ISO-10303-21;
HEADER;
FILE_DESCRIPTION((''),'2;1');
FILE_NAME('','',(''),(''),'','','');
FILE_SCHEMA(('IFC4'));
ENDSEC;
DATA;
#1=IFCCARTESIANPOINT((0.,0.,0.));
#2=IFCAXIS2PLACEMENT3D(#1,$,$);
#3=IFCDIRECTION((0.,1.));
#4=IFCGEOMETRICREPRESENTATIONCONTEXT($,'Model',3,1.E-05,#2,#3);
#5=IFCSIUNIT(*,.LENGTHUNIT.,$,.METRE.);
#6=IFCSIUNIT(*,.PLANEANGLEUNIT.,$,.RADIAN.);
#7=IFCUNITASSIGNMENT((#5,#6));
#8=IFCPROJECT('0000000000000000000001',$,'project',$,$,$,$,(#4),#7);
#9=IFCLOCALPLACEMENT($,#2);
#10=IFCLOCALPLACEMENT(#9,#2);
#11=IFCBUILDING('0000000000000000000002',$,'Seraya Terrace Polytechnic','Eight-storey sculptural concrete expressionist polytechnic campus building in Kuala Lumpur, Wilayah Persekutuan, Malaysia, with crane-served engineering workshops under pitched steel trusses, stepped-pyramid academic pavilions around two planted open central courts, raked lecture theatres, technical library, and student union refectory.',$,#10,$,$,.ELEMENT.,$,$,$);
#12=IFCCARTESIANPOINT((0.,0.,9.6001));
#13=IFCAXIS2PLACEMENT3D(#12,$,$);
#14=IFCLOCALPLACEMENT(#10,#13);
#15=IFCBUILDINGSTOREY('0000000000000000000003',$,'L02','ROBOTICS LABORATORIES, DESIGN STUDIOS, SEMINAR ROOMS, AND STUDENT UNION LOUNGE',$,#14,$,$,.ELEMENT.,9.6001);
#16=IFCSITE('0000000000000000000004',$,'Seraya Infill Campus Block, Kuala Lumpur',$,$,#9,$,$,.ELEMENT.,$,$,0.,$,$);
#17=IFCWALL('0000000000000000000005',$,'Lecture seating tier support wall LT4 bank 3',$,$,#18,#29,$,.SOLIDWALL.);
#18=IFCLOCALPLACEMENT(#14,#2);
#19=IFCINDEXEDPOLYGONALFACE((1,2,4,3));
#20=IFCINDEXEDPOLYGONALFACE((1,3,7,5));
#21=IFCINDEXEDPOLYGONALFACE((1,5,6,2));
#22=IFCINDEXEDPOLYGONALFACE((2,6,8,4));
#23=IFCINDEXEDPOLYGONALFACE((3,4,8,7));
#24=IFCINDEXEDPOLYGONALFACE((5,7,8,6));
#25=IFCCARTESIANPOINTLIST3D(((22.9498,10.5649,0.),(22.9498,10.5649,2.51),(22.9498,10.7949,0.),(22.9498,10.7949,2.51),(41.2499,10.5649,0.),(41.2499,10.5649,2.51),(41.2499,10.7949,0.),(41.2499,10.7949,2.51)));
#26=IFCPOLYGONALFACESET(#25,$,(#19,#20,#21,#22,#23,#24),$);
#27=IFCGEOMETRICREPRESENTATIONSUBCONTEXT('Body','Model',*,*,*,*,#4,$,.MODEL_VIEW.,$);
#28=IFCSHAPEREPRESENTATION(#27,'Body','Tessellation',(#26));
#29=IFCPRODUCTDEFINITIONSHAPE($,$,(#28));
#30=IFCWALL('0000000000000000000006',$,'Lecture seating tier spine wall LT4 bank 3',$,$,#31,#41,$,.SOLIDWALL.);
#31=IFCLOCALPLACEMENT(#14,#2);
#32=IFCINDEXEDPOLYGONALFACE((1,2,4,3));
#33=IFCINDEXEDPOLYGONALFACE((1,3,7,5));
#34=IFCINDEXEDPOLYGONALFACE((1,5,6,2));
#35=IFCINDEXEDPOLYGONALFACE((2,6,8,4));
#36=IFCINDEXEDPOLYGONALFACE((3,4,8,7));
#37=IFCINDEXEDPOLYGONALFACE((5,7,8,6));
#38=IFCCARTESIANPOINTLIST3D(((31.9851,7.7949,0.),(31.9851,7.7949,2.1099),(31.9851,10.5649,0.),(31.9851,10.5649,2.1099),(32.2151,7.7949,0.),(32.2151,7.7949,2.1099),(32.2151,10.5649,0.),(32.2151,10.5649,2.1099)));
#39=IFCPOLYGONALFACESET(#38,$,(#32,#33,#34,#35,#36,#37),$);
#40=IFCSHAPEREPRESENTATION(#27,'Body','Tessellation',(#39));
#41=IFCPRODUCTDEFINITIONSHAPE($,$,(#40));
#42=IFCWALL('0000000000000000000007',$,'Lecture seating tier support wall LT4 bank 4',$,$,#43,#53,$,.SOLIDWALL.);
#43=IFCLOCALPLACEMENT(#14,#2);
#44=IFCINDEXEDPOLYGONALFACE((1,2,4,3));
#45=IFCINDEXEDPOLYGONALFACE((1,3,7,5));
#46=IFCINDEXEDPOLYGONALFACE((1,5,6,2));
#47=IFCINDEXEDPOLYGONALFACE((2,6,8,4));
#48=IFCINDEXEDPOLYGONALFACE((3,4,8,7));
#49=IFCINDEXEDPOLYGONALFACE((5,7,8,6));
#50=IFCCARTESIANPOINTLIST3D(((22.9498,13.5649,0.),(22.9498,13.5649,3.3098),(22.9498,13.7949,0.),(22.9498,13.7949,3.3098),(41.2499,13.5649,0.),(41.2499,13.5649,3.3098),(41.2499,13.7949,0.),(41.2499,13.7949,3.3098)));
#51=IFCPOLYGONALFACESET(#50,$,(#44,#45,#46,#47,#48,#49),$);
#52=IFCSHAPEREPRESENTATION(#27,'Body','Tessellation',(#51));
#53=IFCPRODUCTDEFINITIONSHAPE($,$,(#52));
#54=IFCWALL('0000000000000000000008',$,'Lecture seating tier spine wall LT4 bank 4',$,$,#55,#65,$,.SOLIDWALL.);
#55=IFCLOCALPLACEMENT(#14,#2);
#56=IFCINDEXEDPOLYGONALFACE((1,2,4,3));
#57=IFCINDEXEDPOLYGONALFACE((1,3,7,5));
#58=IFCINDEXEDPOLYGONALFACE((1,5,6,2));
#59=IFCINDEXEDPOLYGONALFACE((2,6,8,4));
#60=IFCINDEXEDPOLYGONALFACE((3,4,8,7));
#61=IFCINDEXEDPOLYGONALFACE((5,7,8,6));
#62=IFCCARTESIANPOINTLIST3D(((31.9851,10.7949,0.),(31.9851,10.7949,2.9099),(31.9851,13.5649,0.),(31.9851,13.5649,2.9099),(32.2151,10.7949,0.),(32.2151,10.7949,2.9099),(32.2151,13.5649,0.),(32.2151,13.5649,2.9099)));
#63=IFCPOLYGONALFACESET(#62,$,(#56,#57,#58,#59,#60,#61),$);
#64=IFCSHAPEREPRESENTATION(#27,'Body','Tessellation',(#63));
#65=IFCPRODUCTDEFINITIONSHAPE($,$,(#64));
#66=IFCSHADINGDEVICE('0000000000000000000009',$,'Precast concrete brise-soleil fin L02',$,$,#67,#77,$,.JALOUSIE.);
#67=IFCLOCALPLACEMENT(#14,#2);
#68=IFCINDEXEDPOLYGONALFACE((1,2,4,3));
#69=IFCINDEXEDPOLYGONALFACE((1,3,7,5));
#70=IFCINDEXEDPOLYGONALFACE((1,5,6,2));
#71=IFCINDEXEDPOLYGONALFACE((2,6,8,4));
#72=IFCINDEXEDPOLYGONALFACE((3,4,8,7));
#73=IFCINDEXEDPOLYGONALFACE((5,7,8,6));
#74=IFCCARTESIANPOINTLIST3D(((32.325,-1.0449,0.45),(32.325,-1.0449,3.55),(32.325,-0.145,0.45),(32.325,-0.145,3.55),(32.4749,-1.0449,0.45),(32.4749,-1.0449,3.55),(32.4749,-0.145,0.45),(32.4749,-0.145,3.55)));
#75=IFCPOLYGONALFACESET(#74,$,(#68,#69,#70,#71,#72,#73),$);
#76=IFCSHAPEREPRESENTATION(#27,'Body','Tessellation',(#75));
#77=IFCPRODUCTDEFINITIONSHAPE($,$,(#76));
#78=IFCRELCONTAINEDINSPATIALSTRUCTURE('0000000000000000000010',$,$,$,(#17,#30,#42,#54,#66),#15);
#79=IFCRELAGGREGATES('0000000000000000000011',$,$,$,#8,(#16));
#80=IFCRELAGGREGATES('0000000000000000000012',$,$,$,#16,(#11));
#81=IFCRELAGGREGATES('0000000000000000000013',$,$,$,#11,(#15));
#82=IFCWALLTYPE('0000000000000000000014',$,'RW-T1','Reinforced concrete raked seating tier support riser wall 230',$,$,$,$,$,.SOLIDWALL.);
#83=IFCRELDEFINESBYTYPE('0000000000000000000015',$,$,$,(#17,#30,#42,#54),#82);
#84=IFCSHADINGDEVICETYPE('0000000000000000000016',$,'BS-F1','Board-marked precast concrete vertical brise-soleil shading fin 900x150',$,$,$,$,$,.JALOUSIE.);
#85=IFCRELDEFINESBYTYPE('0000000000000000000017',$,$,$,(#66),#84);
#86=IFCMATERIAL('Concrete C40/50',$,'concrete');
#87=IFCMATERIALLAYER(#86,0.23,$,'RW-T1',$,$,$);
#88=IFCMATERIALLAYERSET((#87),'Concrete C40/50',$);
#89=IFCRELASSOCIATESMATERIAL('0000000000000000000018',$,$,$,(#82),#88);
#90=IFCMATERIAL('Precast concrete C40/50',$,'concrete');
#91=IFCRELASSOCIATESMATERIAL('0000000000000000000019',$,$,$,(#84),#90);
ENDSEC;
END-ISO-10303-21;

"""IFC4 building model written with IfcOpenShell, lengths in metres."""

from ifc_helpers import new_model, si_unit, direction, frame, frame_2d, origin, origin_2d, place, context, subcontext, project, spatial, rectangle, extrude, material, layer, layer_set, type_object, element, save


model = new_model("IFC4")

# Units and contexts
model_context = context("Model", 3, precision=1e-05, world=origin(), true_north=direction((0.0, 1.0)))
body_context = subcontext(model_context, "Body", "Model", "MODEL_VIEW")
ifc_project = project(units=[si_unit("LENGTHUNIT", "METRE"), si_unit("PLANEANGLEUNIT", "RADIAN")], contexts=[model_context])

# Site, building, storey
site_placement = place(None, origin())
site = spatial("IfcSite", under=ifc_project, at=site_placement, Name="Seraya Infill Campus Block, Kuala Lumpur", CompositionType="ELEMENT", RefElevation=0.0)
building_placement = place(site_placement, origin())
building = spatial("IfcBuilding", under=site, at=building_placement, Name="Seraya Terrace Polytechnic", Description="Eight-storey sculptural concrete expressionist polytechnic campus building in Kuala Lumpur, Wilayah Persekutuan, Malaysia, with crane-served engineering workshops under pitched steel trusses, stepped-pyramid academic pavilions around two planted open central courts, raked lecture theatres, technical library, and student union refectory.", CompositionType="ELEMENT")
storey_placement = place(building_placement, frame((0.0, 0.0, 9.6001)))
storey = spatial("IfcBuildingStorey", under=building, at=storey_placement, Name="L02", Description="ROBOTICS LABORATORIES, DESIGN STUDIOS, SEMINAR ROOMS, AND STUDENT UNION LOUNGE", CompositionType="ELEMENT", Elevation=9.6001)

# Shared definitions
ifc_material_1 = material(Name="Concrete C40/50", Category="concrete")

# Walls
ifc_layer_1 = layer(ifc_material_1, 0.23, Name="RW-T1")
ifc_layer_set_1 = layer_set([ifc_layer_1], Name="Concrete C40/50")
wall_type_1 = type_object("IfcWallType", Name="RW-T1", Description="Reinforced concrete raked seating tier support riser wall 230", PredefinedType="SOLIDWALL", material=ifc_layer_set_1)
wall_1_placement = place(storey_placement, frame((22.95, 10.6799, 0.0), z_axis=(0.0, 0.0, 1.0), x_axis=(1.0, 0.0, 0.0)))
element("IfcWall", 1, at=wall_1_placement, inside=storey, type_object=wall_type_1, Name="Lecture seating tier support wall LT4 bank 3", PredefinedType="SOLIDWALL", context=body_context, shape_type="SweptSolid", body=[
    extrude(rectangle(XDim=18.3, YDim=0.23, at=frame_2d((9.1499, 0.0))), origin(), (0.0, 0.0, 1.0), 2.51),
])
wall_2_placement = place(storey_placement, frame((32.1001, 7.7949, 0.0), z_axis=(0.0, 0.0, 1.0), x_axis=(0.0, 1.0, 0.0)))
element("IfcWall", 2, at=wall_2_placement, inside=storey, type_object=wall_type_1, Name="Lecture seating tier spine wall LT4 bank 3", PredefinedType="SOLIDWALL", context=body_context, shape_type="SweptSolid", body=[
    extrude(rectangle(XDim=2.77, YDim=0.23, at=frame_2d((1.385, 0.0))), origin(), (0.0, 0.0, 1.0), 2.1099),
])
wall_3_placement = place(storey_placement, frame((22.95, 13.6799, 0.0), z_axis=(0.0, 0.0, 1.0), x_axis=(1.0, 0.0, 0.0)))
element("IfcWall", 3, at=wall_3_placement, inside=storey, type_object=wall_type_1, Name="Lecture seating tier support wall LT4 bank 4", PredefinedType="SOLIDWALL", context=body_context, shape_type="SweptSolid", body=[
    extrude(rectangle(XDim=18.3, YDim=0.23, at=frame_2d((9.1499, 0.0))), origin(), (0.0, 0.0, 1.0), 3.3098),
])
wall_4_placement = place(storey_placement, frame((32.1001, 10.7949, 0.0), z_axis=(0.0, 0.0, 1.0), x_axis=(0.0, 1.0, 0.0)))
element("IfcWall", 4, at=wall_4_placement, inside=storey, type_object=wall_type_1, Name="Lecture seating tier spine wall LT4 bank 4", PredefinedType="SOLIDWALL", context=body_context, shape_type="SweptSolid", body=[
    extrude(rectangle(XDim=2.77, YDim=0.23, at=frame_2d((1.385, 0.0))), origin(), (0.0, 0.0, 1.0), 2.9099),
])

# Shading device
ifc_material_2 = material(Name="Precast concrete C40/50", Category="concrete")
shading_device_type = type_object("IfcShadingDeviceType", Name="BS-F1", Description="Board-marked precast concrete vertical brise-soleil shading fin 900x150", PredefinedType="JALOUSIE", material=ifc_material_2)
shading_device_placement = place(storey_placement, frame((32.3999, -0.595, 0.45), z_axis=(0.0, 0.0, 1.0), x_axis=(0.0, -1.0, 0.0)))
element("IfcShadingDevice", 5, at=shading_device_placement, inside=storey, type_object=shading_device_type, Name="Precast concrete brise-soleil fin L02", PredefinedType="JALOUSIE", context=body_context, shape_type="SweptSolid", body=[
    extrude(rectangle(XDim=0.8999, YDim=0.1499, at=origin_2d()), origin(), (0.0, 0.0, 1.0), 3.1001),
])

save(model, "model.ifc")
